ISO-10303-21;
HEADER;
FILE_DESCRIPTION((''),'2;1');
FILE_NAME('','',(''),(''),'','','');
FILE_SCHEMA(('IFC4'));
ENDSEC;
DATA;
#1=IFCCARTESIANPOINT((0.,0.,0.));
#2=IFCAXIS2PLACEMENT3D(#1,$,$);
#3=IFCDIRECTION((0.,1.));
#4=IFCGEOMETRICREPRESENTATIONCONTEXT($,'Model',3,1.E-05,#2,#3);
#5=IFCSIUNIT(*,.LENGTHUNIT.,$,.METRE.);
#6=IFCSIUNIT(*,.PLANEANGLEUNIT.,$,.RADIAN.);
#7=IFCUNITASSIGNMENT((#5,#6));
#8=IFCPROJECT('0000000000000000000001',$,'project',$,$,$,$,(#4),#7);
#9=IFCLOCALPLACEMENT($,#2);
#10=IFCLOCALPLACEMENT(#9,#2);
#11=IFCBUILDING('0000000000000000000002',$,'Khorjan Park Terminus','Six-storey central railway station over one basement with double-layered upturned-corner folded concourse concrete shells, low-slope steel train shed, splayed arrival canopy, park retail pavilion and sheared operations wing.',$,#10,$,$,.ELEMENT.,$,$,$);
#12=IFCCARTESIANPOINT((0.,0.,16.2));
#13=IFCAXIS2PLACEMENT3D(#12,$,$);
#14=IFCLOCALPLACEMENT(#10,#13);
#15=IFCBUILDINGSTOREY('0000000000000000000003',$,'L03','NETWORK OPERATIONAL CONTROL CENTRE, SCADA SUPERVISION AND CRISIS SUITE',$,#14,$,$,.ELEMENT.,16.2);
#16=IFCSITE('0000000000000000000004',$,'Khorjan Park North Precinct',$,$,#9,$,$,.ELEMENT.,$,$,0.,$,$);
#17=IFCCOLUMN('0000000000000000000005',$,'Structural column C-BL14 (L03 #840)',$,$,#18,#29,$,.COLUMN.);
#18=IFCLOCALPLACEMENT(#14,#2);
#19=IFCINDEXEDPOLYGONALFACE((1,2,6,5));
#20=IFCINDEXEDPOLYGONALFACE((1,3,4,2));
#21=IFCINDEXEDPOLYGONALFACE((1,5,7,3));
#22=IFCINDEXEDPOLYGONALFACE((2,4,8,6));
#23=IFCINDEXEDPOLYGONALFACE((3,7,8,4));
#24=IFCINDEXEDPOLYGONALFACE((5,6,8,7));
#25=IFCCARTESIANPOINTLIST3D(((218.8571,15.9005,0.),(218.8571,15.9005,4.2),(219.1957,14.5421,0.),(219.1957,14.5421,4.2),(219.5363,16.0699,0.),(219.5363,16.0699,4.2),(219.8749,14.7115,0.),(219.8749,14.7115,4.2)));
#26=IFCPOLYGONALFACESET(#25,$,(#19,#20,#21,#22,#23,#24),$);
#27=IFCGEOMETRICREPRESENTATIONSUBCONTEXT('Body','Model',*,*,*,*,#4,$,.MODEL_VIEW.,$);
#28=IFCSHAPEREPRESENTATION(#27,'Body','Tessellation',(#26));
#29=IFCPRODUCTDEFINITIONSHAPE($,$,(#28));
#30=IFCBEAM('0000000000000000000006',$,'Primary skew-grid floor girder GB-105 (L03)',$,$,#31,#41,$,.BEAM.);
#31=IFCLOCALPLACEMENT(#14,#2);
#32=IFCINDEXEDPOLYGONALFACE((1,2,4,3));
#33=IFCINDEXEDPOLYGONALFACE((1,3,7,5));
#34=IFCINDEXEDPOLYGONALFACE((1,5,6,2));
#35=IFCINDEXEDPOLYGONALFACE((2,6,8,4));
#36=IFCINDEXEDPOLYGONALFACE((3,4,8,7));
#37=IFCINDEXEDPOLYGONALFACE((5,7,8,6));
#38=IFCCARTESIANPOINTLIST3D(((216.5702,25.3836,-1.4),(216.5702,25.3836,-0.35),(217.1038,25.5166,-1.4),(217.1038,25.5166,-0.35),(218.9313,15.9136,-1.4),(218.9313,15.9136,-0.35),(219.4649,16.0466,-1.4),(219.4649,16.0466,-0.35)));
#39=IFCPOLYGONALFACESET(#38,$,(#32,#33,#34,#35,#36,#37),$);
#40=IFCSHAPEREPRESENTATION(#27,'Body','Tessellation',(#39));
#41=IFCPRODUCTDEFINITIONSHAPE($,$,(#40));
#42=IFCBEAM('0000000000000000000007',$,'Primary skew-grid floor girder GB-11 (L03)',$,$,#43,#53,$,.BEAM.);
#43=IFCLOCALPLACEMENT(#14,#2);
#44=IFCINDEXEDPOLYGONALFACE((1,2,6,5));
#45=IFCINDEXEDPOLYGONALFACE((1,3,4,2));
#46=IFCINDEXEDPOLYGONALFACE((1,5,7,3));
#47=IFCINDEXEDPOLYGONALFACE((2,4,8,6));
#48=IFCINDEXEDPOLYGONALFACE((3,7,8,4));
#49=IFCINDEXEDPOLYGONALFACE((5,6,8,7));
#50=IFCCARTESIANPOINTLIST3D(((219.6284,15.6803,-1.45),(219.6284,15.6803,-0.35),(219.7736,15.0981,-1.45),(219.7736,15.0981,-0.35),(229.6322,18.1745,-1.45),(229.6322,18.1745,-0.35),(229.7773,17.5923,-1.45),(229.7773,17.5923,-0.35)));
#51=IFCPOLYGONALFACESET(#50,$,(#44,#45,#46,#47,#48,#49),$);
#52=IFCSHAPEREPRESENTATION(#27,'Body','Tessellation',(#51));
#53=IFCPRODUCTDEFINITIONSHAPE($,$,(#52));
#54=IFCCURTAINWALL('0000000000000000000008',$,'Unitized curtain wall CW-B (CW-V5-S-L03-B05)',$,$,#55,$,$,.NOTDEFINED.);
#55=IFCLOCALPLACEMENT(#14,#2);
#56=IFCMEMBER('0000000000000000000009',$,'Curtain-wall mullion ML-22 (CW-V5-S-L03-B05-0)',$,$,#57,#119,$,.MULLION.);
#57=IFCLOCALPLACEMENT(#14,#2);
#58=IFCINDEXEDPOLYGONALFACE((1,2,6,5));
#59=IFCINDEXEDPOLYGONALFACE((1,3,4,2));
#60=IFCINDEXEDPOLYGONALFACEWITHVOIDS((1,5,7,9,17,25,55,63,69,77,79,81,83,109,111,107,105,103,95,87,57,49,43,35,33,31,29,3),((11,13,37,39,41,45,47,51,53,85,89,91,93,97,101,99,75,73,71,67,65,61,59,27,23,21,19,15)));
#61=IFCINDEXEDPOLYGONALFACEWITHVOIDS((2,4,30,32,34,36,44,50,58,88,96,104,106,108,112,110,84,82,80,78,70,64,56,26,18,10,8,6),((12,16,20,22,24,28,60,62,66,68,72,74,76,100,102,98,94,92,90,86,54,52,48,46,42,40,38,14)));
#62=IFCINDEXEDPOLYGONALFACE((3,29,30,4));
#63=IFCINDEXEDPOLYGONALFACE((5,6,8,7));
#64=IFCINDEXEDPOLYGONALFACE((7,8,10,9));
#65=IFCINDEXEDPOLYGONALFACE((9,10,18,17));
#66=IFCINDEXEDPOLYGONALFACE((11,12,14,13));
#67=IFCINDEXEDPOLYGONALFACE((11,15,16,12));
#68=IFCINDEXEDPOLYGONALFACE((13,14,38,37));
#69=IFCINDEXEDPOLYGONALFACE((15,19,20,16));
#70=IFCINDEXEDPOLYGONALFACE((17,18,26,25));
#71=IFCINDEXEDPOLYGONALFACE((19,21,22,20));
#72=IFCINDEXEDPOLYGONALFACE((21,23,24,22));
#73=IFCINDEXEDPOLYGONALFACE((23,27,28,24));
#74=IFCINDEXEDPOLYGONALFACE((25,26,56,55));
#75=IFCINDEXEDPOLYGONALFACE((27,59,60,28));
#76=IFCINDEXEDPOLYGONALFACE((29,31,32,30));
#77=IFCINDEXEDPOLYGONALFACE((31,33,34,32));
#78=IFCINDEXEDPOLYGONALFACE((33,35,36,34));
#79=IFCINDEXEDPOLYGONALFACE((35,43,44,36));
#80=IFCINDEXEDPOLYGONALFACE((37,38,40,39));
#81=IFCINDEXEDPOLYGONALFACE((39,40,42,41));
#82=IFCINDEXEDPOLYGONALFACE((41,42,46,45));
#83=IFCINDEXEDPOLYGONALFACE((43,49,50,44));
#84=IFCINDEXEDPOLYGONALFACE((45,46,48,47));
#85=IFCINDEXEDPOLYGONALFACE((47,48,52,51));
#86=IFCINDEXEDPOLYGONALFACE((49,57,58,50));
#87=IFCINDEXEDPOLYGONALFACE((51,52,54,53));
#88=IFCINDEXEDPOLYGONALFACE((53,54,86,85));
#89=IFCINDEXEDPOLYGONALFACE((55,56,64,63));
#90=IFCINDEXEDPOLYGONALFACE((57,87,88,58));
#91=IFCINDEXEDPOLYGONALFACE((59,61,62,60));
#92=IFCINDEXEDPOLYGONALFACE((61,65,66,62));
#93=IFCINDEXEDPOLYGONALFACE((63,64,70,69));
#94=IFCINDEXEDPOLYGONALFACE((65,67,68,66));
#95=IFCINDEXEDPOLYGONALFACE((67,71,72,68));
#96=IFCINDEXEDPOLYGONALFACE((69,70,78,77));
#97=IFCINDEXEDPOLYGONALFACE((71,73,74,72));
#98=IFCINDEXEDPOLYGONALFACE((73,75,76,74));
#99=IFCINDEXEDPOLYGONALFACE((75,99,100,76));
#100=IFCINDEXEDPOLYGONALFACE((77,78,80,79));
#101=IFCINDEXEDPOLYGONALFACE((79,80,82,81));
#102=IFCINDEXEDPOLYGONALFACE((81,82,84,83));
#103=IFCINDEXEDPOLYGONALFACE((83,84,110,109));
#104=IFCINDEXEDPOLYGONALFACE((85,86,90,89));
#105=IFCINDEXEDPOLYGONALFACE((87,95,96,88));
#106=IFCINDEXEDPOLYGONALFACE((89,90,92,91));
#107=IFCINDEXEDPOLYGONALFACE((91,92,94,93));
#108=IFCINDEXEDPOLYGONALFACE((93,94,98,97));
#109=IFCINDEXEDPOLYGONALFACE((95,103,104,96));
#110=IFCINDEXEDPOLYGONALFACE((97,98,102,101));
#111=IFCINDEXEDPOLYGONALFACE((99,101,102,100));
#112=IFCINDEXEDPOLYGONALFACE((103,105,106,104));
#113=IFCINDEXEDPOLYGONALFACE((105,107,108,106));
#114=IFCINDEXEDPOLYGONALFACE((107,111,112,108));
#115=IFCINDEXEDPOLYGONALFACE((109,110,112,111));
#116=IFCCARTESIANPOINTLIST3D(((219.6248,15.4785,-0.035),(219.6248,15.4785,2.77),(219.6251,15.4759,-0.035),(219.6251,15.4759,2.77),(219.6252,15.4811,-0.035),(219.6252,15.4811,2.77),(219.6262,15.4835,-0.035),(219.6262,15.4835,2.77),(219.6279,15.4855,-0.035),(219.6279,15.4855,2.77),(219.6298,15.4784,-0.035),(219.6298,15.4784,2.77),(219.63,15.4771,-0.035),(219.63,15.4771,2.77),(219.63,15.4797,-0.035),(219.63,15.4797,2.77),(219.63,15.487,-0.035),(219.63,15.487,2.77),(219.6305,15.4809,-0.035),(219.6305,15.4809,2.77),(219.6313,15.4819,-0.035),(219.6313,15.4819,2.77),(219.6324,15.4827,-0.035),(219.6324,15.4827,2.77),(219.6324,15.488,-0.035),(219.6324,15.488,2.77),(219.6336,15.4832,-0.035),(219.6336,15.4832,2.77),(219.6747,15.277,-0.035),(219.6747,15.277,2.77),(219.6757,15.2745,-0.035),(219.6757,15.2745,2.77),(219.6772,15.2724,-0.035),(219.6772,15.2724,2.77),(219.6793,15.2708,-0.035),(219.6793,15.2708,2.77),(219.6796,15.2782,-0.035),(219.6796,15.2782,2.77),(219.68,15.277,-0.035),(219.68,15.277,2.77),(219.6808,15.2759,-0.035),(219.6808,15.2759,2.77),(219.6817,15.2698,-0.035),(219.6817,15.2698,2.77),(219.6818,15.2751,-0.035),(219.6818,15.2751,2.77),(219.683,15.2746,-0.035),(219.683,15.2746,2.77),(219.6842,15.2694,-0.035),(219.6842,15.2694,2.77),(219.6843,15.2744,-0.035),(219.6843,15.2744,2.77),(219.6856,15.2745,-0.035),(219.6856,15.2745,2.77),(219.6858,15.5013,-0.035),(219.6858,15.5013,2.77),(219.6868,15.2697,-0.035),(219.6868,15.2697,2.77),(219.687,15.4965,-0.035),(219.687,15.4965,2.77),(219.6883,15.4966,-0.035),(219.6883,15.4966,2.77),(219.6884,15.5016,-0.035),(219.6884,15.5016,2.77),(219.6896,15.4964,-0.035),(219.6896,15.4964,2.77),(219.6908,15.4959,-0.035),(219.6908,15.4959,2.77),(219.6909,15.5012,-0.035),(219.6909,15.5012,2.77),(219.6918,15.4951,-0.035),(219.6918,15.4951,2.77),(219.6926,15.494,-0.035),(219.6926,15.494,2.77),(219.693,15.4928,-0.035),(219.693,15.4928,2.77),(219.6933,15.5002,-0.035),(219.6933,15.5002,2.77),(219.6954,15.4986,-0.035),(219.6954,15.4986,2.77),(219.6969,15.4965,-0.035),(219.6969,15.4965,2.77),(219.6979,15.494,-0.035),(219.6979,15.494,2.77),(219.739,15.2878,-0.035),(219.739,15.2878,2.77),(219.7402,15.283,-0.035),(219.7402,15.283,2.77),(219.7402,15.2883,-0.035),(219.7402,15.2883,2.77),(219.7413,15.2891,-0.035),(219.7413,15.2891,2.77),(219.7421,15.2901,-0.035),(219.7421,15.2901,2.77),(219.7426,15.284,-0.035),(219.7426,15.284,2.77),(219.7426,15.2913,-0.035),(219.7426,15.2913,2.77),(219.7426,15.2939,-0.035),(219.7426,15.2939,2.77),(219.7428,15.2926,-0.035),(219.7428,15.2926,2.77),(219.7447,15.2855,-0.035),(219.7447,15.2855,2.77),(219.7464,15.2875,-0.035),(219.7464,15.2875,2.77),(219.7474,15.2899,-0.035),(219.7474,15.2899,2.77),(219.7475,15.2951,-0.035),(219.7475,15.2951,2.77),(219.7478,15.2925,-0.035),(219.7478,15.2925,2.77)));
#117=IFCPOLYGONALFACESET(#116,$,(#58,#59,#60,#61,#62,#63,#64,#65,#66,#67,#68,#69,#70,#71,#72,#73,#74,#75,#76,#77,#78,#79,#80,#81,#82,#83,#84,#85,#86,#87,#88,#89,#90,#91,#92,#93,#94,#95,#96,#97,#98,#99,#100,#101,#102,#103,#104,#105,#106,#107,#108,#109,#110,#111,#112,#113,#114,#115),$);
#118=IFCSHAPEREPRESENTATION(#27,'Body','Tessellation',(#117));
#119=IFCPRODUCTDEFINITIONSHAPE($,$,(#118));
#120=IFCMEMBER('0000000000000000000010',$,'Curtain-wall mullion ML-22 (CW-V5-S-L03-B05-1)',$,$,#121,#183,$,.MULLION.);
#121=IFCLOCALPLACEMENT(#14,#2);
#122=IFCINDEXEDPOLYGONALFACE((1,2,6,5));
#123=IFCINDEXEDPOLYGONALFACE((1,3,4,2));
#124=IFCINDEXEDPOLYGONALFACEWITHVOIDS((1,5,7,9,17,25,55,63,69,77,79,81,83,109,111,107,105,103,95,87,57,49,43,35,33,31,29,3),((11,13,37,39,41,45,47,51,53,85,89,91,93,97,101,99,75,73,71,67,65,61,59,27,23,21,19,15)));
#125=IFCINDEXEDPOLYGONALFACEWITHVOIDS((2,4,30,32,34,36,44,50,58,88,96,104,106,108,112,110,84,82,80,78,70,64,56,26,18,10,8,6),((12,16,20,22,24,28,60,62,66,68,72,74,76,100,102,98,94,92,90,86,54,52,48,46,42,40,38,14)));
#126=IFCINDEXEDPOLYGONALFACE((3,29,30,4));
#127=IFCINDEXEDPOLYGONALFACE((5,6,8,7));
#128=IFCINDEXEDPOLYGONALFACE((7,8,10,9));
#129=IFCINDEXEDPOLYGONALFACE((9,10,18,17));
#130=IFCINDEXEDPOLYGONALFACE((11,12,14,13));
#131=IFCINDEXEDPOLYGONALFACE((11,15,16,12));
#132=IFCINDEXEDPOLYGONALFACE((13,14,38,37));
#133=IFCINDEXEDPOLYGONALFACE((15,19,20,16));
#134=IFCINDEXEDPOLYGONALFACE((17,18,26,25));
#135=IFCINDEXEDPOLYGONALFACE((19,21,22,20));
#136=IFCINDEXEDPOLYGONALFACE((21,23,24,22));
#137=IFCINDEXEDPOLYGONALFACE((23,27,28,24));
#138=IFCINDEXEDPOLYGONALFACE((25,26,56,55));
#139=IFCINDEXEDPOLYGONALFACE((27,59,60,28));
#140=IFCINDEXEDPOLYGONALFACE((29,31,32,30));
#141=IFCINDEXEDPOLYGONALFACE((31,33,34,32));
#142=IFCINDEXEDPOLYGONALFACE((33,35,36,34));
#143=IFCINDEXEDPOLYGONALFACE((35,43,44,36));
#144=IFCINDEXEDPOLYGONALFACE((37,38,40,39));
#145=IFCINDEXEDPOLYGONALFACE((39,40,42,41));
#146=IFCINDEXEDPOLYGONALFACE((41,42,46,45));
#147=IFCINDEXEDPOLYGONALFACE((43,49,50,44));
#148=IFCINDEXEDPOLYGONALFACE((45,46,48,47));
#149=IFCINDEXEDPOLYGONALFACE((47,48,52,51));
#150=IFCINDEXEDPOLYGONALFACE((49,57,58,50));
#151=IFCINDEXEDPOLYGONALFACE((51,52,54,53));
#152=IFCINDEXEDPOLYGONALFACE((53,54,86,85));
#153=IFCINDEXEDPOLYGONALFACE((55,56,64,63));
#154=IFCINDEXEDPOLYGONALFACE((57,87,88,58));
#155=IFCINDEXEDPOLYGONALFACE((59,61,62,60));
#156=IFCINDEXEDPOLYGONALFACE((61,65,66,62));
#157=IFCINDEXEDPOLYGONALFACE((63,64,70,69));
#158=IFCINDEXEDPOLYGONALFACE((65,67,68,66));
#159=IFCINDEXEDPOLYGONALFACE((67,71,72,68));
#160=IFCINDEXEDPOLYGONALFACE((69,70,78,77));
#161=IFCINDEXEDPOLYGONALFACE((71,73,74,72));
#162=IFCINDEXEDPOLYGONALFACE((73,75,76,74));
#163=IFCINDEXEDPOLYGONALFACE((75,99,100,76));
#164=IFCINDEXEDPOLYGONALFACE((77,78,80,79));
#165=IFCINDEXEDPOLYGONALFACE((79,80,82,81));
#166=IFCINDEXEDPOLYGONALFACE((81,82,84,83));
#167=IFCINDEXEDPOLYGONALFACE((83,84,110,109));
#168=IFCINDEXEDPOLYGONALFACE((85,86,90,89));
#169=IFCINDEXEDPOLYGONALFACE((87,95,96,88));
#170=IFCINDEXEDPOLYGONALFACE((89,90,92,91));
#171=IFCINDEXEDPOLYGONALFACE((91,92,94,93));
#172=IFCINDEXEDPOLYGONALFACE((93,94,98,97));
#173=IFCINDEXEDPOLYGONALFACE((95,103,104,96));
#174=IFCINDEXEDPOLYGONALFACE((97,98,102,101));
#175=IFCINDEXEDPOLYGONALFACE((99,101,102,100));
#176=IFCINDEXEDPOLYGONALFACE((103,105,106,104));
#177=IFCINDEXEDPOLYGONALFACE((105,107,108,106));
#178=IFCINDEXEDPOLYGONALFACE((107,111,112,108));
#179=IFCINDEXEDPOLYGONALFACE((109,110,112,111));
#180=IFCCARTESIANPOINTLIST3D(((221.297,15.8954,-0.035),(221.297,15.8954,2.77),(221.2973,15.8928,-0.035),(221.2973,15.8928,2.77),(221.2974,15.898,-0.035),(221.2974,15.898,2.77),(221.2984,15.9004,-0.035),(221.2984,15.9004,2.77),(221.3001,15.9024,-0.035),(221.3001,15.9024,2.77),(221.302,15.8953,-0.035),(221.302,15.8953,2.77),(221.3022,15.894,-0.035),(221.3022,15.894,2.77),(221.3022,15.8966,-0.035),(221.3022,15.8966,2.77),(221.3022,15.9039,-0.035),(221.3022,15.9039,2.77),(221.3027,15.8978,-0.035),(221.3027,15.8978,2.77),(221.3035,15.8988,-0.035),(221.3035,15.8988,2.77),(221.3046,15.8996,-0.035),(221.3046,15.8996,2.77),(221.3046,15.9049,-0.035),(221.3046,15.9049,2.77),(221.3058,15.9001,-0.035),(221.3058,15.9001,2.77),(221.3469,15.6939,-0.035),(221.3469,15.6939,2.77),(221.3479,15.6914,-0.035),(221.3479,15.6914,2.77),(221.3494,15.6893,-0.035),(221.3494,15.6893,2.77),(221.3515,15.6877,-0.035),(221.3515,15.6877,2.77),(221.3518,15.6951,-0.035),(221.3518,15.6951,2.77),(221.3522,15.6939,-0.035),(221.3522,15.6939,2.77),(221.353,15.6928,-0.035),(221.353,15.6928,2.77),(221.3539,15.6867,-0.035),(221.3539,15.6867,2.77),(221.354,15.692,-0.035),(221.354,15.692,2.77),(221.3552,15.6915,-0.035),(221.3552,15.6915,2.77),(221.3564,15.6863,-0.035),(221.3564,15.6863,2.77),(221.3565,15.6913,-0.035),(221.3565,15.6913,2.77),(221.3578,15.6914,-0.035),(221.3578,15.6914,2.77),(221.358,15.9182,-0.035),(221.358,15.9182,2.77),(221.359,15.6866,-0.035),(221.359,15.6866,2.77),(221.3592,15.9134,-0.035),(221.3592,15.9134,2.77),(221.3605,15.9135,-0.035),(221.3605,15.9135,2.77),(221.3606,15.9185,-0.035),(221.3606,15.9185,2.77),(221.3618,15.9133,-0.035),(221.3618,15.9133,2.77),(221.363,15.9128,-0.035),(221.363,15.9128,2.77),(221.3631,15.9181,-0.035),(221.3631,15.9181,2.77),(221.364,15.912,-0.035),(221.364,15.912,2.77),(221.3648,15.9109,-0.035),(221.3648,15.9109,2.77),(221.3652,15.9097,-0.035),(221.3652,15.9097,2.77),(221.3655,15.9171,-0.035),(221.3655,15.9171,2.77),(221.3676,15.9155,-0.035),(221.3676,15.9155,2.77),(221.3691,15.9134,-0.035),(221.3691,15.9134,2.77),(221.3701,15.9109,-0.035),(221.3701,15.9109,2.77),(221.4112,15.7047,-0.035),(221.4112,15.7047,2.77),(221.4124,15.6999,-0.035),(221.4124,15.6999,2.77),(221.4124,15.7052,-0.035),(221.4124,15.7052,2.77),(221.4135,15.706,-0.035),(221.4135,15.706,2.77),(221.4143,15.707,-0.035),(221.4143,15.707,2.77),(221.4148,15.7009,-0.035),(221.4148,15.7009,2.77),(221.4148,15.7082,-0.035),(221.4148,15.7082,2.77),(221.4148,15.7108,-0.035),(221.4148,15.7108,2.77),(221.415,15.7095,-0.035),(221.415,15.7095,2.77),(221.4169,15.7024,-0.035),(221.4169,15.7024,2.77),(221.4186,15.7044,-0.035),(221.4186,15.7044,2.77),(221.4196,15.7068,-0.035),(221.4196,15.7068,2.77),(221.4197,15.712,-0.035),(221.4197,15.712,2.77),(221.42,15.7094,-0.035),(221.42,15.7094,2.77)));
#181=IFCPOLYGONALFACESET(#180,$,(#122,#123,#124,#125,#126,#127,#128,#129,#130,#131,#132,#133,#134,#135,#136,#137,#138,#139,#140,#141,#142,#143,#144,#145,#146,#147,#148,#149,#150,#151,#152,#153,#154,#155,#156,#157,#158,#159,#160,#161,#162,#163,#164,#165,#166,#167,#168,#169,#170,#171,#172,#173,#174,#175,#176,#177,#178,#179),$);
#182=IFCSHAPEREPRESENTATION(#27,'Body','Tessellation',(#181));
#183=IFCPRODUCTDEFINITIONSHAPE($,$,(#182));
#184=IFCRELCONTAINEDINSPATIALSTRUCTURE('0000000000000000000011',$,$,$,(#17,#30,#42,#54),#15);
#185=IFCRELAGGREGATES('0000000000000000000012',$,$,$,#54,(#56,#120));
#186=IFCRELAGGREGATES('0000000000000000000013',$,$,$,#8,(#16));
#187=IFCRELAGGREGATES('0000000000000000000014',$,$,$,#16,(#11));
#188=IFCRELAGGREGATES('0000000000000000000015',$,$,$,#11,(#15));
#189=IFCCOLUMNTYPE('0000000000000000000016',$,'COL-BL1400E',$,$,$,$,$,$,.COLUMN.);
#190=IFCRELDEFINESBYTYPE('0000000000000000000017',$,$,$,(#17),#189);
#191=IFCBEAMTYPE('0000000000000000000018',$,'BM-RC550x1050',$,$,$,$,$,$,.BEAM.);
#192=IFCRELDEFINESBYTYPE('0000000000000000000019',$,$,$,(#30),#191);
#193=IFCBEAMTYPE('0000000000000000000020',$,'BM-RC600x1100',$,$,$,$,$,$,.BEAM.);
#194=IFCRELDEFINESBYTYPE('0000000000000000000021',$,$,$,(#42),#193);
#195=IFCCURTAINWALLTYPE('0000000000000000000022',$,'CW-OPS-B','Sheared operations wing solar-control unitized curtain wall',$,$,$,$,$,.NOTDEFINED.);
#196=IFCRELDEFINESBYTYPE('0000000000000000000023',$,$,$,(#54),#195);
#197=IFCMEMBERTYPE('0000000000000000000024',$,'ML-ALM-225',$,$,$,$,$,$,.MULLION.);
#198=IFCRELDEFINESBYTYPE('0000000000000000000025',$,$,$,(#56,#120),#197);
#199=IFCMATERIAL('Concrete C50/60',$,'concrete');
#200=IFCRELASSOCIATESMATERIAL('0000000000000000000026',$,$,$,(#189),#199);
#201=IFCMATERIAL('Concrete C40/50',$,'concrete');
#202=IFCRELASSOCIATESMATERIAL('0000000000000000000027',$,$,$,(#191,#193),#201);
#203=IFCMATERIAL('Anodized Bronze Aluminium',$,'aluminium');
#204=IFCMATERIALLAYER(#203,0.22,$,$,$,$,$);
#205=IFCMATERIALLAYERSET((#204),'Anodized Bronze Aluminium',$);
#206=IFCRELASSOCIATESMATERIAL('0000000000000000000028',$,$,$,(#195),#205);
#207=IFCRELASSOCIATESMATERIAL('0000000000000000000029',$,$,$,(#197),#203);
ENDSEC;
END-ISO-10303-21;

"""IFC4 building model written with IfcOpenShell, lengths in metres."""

from ifc_helpers import new_model, si_unit, direction, frame, origin, origin_2d, place, context, subcontext, project, spatial, rectangle, hollow_rectangle, extrude, material, layer, layer_set, material_profile, profile_set, type_object, element, aggregate, save


model = new_model("IFC4")

# Units and contexts
model_context = context("Model", 3, precision=1e-05, world=origin(), true_north=direction((0.0, 1.0)))
body_context = subcontext(model_context, "Body", "Model", "MODEL_VIEW")
ifc_project = project(units=[si_unit("LENGTHUNIT", "METRE"), si_unit("PLANEANGLEUNIT", "RADIAN")], contexts=[model_context])

# Site, building, storey
site_placement = place(None, origin())
site = spatial("IfcSite", under=ifc_project, at=site_placement, Name="Khorjan Park North Precinct", CompositionType="ELEMENT", RefElevation=0.0)
building_placement = place(site_placement, origin())
building = spatial("IfcBuilding", under=site, at=building_placement, Name="Khorjan Park Terminus", Description="Six-storey central railway station over one basement with double-layered upturned-corner folded concourse concrete shells, low-slope steel train shed, splayed arrival canopy, park retail pavilion and sheared operations wing.", CompositionType="ELEMENT")
storey_placement = place(building_placement, frame((0.0, 0.0, 16.2)))
storey = spatial("IfcBuildingStorey", under=building, at=storey_placement, Name="L03", Description="NETWORK OPERATIONAL CONTROL CENTRE, SCADA SUPERVISION AND CRISIS SUITE", CompositionType="ELEMENT", Elevation=16.2)

# Column
ifc_material_1 = material(Name="Concrete C50/60", Category="concrete")
ifc_material_profile_1 = material_profile(ifc_material_1, rectangle(XDim=0.7, YDim=1.4, at=origin_2d()), Name="RC 700x1400")
ifc_profile_set_1 = profile_set([ifc_material_profile_1], Name="Concrete C50/60")
column_type = type_object("IfcColumnType", Name="COL-BL1400E", PredefinedType="COLUMN", material=ifc_profile_set_1)
column_placement = place(storey_placement, frame((219.366, 15.306, 0.0), z_axis=(0.0, 0.0, 1.0), x_axis=(0.970296, 0.241922, 0.0)))
element("IfcColumn", 1, at=column_placement, inside=storey, type_object=column_type, Name="Structural column C-BL14 (L03 #840)", PredefinedType="COLUMN", context=body_context, shape_type="SweptSolid", body=[
    extrude(rectangle(XDim=0.7, YDim=1.4, at=origin_2d()), origin(), (0.0, 0.0, 1.0), 4.2),
])

# Beams
ifc_material_2 = material(Name="Concrete C40/50", Category="concrete")
ifc_material_profile_2 = material_profile(ifc_material_2, rectangle(XDim=0.55, YDim=1.05, at=origin_2d()), Name="RC 550x1050")
ifc_profile_set_2 = profile_set([ifc_material_profile_2], Name="Concrete C40/50")
beam_type_1 = type_object("IfcBeamType", Name="BM-RC550x1050", PredefinedType="BEAM", material=ifc_profile_set_2)
beam_1_placement = place(storey_placement, frame((219.1981, 15.9801, -0.875), z_axis=(-0.241918, 0.970297, 0.0), x_axis=(-0.970297, -0.241918, 0.0)))
element("IfcBeam", 2, at=beam_1_placement, inside=storey, type_object=beam_type_1, Name="Primary skew-grid floor girder GB-105 (L03)", PredefinedType="BEAM", context=body_context, shape_type="SweptSolid", body=[
    extrude(rectangle(XDim=0.55, YDim=1.05, at=origin_2d()), origin(), (0.0, 0.0, 1.0), 9.7599),
])
ifc_material_profile_3 = material_profile(ifc_material_2, rectangle(XDim=0.6, YDim=1.1, at=origin_2d()), Name="RC 600x1100")
ifc_profile_set_3 = profile_set([ifc_material_profile_3], Name="Concrete C40/50")
beam_type_2 = type_object("IfcBeamType", Name="BM-RC600x1100", PredefinedType="BEAM", material=ifc_profile_set_3)
beam_2_placement = place(storey_placement, frame((219.701, 15.3892, -0.9), z_axis=(0.970296, 0.241919, 0.0), x_axis=(-0.241919, 0.970296, 0.0)))
element("IfcBeam", 3, at=beam_2_placement, inside=storey, type_object=beam_type_2, Name="Primary skew-grid floor girder GB-11 (L03)", PredefinedType="BEAM", context=body_context, shape_type="SweptSolid", body=[
    extrude(rectangle(XDim=0.6, YDim=1.1, at=origin_2d()), origin(), (0.0, 0.0, 1.0), 10.31),
])

# Curtain wall, members
ifc_material_3 = material(Name="Anodized Bronze Aluminium", Category="aluminium")
ifc_layer_1 = layer(ifc_material_3, 0.22)
ifc_layer_set_1 = layer_set([ifc_layer_1], Name="Anodized Bronze Aluminium")
curtain_wall_type = type_object("IfcCurtainWallType", Name="CW-OPS-B", Description="Sheared operations wing solar-control unitized curtain wall", PredefinedType="NOTDEFINED", material=ifc_layer_set_1)
curtain_wall_placement = place(storey_placement, origin())
curtain_wall = element("IfcCurtainWall", 4, at=curtain_wall_placement, inside=storey, type_object=curtain_wall_type, Name="Unitized curtain wall CW-B (CW-V5-S-L03-B05)", PredefinedType="NOTDEFINED")
ifc_material_profile_4 = material_profile(ifc_material_3, hollow_rectangle(XDim=0.075, YDim=0.225, WallThickness=0.005, InnerFilletRadius=0.005, OuterFilletRadius=0.01, at=origin_2d()), Name="ALM 75x225x5")
ifc_profile_set_4 = profile_set([ifc_material_profile_4], Name="Anodized Bronze Aluminium")
member_type_1 = type_object("IfcMemberType", Name="ML-ALM-225", PredefinedType="MULLION", material=ifc_profile_set_4)
member_1_placement = place(storey_placement, frame((219.6863, 15.3855, -0.035), z_axis=(0.0, 0.0, 1.0), x_axis=(0.970296, 0.241919, 0.0)))
member_1 = element("IfcMember", 5, at=member_1_placement, type_object=member_type_1, Name="Curtain-wall mullion ML-22 (CW-V5-S-L03-B05-0)", PredefinedType="MULLION", context=body_context, shape_type="SweptSolid", body=[
    extrude(hollow_rectangle(XDim=0.075, YDim=0.225, WallThickness=0.005, InnerFilletRadius=0.005, OuterFilletRadius=0.01, at=origin_2d()), origin(), (0.0, 0.0, 1.0), 2.805),
])
member_2_placement = place(storey_placement, frame((221.3585, 15.8024, -0.035), z_axis=(0.0, 0.0, 1.0), x_axis=(0.970296, 0.241919, 0.0)))
member_2 = element("IfcMember", 6, at=member_2_placement, type_object=member_type_1, Name="Curtain-wall mullion ML-22 (CW-V5-S-L03-B05-1)", PredefinedType="MULLION", context=body_context, shape_type="SweptSolid", body=[
    extrude(hollow_rectangle(XDim=0.075, YDim=0.225, WallThickness=0.005, InnerFilletRadius=0.005, OuterFilletRadius=0.01, at=origin_2d()), origin(), (0.0, 0.0, 1.0), 2.805),
])
aggregate(curtain_wall, [member_1, member_2])

save(model, "model.ifc")
